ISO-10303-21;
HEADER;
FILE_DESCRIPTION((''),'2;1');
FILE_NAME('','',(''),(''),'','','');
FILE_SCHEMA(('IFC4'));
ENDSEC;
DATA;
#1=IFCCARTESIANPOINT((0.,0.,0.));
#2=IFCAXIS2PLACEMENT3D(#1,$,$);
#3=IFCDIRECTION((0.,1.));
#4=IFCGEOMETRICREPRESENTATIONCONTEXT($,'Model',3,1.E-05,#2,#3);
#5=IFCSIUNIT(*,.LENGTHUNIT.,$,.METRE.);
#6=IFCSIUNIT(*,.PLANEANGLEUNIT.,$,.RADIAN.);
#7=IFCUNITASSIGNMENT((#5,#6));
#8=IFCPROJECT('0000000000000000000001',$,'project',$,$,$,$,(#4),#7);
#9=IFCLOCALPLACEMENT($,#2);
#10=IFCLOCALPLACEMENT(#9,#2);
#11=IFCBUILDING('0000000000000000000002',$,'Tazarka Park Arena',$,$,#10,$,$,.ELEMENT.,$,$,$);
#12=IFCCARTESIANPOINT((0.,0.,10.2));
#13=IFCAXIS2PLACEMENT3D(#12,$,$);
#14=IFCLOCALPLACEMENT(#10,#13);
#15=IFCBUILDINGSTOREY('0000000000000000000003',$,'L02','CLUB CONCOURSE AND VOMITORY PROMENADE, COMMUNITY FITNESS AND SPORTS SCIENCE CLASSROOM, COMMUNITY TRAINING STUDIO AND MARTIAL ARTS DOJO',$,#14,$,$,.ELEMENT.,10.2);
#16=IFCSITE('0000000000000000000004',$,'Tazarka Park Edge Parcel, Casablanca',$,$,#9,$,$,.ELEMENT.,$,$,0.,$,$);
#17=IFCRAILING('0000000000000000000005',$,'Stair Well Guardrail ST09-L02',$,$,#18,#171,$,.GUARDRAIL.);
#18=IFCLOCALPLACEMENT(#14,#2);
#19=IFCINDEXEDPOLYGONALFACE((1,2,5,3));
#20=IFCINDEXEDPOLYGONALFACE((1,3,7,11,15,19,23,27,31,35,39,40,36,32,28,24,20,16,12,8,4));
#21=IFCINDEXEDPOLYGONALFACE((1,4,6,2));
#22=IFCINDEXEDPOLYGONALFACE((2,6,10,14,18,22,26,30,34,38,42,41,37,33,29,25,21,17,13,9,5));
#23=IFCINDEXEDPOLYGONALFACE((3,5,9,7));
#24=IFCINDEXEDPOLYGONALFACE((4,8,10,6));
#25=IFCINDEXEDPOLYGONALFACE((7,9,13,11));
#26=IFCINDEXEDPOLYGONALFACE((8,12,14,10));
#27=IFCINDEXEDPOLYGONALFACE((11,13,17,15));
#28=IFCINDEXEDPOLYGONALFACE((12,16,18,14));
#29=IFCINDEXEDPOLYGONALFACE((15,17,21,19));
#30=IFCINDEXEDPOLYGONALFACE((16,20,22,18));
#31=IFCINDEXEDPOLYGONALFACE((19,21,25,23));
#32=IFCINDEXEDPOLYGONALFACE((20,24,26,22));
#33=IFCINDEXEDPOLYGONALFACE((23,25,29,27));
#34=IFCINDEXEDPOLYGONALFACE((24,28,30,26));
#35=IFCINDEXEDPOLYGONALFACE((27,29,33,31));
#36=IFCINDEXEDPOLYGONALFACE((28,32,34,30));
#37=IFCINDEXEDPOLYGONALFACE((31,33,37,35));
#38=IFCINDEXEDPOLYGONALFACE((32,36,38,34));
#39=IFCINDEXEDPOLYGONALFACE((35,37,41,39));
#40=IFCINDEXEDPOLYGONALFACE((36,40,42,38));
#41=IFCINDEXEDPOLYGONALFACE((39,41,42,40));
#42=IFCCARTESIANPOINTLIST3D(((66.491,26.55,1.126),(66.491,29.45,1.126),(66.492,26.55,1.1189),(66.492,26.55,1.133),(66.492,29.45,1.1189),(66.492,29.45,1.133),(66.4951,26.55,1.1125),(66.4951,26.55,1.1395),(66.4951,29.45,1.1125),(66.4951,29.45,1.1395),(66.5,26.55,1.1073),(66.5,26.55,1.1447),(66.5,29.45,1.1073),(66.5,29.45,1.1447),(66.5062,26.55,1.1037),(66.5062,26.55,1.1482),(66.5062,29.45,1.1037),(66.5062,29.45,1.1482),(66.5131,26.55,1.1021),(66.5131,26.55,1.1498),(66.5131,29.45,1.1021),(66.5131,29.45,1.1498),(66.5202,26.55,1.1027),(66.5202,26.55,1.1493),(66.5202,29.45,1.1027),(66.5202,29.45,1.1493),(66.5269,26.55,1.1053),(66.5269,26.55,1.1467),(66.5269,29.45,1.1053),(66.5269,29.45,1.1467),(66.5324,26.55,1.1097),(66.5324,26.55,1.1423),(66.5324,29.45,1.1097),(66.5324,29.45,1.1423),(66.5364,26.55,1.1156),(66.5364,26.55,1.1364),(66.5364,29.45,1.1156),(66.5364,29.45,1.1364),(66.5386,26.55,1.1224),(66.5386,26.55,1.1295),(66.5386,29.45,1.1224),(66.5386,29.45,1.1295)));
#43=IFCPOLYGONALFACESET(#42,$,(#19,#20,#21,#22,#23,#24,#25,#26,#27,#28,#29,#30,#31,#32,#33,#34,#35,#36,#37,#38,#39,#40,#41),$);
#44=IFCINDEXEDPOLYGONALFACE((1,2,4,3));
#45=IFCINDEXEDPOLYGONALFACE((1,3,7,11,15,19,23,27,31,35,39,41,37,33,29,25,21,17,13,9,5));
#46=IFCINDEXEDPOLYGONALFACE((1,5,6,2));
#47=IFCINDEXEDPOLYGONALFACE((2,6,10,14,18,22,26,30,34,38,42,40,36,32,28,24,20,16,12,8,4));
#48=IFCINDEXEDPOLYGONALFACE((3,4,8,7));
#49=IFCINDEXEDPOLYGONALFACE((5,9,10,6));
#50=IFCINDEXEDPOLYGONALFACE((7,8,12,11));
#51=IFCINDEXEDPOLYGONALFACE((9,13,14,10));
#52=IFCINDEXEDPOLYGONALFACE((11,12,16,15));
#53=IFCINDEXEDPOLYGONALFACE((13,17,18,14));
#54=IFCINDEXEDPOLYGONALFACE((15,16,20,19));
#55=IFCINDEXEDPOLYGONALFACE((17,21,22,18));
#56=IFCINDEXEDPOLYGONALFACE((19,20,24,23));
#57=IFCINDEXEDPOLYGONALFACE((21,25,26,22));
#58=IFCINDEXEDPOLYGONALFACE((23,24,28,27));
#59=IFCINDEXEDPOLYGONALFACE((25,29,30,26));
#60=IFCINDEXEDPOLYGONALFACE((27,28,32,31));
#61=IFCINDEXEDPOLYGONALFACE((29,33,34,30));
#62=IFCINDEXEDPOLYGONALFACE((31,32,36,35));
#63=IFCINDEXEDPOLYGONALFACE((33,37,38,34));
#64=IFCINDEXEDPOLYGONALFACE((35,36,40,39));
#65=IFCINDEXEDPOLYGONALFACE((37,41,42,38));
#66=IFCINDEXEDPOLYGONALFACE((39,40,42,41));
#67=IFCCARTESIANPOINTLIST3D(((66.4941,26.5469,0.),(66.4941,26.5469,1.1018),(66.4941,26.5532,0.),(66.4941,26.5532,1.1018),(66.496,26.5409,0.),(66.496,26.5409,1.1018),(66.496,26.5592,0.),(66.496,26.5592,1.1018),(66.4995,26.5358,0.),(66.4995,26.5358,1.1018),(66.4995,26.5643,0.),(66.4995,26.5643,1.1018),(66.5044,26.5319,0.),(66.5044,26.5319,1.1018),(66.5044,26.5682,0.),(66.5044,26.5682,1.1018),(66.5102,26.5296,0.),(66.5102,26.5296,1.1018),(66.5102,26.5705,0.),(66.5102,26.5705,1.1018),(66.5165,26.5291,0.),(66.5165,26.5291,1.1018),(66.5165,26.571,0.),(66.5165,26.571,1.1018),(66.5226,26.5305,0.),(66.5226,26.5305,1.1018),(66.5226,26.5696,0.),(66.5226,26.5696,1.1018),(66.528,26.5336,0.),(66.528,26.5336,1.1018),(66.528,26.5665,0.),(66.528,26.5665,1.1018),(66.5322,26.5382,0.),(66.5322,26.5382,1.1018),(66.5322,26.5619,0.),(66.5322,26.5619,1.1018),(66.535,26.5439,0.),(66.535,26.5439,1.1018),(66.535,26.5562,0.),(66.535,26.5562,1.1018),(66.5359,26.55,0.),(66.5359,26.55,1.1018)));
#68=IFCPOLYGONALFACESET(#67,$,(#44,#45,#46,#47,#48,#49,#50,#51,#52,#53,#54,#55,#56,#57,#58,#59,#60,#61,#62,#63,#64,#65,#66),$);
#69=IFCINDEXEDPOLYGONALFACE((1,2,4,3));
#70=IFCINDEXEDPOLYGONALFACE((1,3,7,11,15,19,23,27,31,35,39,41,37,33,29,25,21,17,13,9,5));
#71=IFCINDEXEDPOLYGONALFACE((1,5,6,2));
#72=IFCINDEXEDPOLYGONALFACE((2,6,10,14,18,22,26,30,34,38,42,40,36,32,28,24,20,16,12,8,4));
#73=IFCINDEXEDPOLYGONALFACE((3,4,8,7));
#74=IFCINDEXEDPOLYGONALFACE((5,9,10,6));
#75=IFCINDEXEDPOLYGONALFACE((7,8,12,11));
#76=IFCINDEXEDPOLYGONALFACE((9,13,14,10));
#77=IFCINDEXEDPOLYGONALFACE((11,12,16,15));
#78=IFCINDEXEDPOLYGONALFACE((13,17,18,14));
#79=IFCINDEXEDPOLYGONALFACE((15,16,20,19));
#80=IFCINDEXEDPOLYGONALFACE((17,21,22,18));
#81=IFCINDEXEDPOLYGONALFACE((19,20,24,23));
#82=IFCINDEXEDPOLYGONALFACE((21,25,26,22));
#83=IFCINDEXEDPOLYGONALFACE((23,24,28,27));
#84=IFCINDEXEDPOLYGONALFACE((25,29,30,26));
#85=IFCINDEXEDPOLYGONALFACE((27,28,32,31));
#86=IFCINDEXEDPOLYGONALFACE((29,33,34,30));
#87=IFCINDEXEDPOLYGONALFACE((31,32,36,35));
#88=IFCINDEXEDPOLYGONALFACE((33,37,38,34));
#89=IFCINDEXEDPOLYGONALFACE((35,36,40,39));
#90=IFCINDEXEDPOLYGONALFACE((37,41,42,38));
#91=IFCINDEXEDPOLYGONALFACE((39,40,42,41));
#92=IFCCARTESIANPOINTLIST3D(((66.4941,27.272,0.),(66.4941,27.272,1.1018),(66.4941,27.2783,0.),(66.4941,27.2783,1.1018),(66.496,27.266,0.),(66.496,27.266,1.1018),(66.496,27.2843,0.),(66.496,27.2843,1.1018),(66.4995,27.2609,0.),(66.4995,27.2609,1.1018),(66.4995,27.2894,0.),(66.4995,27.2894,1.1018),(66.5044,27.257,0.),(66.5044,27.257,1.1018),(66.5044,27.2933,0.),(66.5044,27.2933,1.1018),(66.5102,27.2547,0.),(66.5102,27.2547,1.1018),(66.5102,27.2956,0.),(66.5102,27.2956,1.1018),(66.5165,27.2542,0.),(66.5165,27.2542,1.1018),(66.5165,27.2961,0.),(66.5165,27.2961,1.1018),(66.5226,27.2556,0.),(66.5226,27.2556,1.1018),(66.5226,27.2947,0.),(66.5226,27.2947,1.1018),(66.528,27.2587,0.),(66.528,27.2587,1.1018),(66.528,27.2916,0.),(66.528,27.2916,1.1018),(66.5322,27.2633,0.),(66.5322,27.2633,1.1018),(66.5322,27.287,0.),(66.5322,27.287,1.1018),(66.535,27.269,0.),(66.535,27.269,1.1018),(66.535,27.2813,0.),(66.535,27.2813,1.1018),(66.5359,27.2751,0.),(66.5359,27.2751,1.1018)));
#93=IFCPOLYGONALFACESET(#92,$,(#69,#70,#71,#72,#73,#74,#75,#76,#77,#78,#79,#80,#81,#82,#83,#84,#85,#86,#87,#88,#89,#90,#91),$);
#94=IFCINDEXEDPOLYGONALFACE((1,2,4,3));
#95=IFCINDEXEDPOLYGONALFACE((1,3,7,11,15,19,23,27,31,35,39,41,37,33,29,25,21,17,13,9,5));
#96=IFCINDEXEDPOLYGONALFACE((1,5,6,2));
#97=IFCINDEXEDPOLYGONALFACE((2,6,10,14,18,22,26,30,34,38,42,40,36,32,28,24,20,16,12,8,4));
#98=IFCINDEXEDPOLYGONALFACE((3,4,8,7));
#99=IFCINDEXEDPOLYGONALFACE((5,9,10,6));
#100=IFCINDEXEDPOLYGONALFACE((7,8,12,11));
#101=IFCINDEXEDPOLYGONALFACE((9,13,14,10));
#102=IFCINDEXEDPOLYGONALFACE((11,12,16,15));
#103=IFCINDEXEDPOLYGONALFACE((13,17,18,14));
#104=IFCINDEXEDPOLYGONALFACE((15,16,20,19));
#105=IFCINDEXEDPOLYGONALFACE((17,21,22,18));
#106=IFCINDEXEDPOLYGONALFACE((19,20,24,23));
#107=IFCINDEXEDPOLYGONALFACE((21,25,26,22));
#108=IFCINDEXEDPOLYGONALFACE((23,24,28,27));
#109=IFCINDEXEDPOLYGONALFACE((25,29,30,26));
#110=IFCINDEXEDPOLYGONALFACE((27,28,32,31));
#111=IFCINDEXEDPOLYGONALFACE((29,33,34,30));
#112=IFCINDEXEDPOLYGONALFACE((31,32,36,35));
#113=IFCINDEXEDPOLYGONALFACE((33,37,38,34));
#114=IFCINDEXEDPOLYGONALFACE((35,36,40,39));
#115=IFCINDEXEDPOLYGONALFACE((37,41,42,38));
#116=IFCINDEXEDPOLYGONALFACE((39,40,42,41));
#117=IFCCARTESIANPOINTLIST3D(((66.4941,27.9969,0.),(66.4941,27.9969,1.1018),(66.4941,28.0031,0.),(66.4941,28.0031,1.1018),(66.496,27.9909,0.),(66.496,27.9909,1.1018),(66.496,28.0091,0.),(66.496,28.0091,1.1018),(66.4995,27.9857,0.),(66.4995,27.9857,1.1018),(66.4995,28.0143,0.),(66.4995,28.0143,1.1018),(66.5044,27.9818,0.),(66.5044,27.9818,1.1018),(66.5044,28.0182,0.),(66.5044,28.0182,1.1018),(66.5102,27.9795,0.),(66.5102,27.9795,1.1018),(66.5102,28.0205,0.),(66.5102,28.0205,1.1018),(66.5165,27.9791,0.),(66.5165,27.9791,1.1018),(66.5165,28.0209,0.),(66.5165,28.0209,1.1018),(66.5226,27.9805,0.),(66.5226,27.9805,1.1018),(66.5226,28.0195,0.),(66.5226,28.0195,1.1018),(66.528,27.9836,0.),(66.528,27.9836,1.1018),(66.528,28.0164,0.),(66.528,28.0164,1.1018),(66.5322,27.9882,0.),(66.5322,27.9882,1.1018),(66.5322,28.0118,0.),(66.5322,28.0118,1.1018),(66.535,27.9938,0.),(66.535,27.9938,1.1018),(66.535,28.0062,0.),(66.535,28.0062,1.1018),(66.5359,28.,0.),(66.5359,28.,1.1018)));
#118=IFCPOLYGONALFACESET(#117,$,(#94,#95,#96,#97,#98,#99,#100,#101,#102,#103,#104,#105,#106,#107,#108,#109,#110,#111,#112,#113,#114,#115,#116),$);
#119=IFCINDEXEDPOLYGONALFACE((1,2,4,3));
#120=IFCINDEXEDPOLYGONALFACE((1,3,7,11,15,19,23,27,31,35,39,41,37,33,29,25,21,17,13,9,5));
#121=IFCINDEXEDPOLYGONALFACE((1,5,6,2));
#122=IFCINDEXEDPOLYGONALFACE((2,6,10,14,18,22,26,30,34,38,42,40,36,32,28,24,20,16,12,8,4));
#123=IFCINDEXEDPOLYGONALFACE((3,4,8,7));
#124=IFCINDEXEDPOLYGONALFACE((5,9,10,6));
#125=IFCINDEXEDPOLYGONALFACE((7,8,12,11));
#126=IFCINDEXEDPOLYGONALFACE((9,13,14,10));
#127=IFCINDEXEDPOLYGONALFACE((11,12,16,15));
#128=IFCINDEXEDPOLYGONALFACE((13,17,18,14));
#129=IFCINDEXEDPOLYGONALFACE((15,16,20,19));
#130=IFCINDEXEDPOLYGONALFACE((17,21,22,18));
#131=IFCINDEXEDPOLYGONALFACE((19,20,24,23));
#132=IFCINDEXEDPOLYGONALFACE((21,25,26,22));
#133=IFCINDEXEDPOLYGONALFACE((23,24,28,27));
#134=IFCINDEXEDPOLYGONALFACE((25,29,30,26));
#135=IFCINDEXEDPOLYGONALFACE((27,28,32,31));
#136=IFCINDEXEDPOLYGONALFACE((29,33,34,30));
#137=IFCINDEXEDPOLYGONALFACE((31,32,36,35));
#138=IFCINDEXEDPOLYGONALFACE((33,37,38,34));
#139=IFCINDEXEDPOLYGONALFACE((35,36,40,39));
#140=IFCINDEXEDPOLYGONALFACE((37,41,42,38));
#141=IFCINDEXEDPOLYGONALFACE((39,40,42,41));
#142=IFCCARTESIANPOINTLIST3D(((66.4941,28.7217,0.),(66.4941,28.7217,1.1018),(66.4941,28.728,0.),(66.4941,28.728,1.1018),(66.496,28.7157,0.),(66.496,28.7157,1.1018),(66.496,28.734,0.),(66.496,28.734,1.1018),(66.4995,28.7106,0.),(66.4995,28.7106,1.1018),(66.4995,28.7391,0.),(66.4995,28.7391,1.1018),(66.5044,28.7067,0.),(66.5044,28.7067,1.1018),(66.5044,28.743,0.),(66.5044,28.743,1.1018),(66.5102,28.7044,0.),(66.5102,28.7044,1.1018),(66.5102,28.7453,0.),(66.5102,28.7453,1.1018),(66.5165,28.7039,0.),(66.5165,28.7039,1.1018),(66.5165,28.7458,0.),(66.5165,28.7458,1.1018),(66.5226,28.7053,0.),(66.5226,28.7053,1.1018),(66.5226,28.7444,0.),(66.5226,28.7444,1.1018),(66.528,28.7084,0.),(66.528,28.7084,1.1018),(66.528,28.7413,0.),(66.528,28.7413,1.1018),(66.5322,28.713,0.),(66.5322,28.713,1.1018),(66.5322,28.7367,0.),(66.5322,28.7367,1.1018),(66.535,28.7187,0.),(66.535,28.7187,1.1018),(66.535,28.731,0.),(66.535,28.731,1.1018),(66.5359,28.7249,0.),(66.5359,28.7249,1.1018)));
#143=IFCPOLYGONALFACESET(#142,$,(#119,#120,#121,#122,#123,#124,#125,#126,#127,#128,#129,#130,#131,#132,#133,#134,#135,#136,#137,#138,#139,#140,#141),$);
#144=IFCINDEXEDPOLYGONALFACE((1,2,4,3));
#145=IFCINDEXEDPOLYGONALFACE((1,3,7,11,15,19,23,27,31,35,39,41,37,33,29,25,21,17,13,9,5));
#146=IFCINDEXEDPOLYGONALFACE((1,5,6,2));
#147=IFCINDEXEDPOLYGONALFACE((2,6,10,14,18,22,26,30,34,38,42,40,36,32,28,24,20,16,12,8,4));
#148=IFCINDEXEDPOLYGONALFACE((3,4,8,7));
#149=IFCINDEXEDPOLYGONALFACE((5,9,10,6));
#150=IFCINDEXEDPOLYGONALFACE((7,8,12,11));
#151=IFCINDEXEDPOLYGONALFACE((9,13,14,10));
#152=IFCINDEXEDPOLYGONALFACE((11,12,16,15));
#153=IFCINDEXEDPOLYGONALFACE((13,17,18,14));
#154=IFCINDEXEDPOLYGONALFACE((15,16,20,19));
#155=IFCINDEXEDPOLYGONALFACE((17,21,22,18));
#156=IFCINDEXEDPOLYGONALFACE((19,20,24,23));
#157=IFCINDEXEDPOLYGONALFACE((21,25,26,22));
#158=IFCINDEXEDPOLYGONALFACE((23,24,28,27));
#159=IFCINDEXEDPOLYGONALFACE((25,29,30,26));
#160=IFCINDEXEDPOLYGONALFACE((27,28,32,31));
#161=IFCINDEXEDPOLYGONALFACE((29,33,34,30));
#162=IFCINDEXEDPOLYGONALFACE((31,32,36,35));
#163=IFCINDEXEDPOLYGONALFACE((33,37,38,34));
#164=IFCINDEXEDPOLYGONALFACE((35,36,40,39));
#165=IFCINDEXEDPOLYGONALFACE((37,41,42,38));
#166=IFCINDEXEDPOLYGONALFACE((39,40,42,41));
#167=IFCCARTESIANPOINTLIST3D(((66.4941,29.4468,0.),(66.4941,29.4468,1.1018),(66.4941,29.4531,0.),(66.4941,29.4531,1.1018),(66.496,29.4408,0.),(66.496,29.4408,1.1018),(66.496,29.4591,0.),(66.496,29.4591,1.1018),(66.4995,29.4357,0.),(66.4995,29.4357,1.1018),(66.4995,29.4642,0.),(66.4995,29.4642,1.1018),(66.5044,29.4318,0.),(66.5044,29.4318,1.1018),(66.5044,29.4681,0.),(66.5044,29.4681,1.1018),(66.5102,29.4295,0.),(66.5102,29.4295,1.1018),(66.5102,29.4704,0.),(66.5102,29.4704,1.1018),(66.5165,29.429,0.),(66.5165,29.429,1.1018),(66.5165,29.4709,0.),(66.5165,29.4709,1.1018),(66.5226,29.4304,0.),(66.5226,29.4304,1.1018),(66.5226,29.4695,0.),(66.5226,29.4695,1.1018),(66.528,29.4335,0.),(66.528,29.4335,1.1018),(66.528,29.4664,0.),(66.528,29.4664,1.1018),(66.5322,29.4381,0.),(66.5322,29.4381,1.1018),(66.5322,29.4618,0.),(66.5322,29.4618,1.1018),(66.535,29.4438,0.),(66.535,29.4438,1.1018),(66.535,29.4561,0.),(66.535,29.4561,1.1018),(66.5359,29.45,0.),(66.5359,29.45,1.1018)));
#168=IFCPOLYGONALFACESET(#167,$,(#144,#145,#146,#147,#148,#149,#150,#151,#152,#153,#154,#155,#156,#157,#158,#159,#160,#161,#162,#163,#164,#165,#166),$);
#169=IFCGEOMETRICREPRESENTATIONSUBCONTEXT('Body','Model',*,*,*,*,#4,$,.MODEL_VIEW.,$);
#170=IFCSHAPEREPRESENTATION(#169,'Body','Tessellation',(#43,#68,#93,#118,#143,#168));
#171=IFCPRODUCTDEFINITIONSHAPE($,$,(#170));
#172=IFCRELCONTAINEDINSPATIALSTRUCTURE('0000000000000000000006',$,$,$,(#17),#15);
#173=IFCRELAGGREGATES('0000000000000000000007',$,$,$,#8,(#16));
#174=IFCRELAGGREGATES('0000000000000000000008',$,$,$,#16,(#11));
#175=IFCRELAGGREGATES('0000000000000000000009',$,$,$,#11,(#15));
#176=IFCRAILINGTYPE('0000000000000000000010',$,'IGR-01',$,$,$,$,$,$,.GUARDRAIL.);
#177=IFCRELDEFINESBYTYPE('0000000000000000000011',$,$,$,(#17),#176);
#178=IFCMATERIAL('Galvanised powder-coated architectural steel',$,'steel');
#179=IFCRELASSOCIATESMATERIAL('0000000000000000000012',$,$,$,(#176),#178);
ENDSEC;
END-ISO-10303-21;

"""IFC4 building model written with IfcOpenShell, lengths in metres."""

from ifc_helpers import new_model, si_unit, direction, frame, origin, origin_2d, place, context, subcontext, project, spatial, circle, extrude, material, type_object, element, save


model = new_model("IFC4")

# Units and contexts
model_context = context("Model", 3, precision=1e-05, world=origin(), true_north=direction((0.0, 1.0)))
body_context = subcontext(model_context, "Body", "Model", "MODEL_VIEW")
ifc_project = project(units=[si_unit("LENGTHUNIT", "METRE"), si_unit("PLANEANGLEUNIT", "RADIAN")], contexts=[model_context])

# Site, building, storey
site_placement = place(None, origin())
site = spatial("IfcSite", under=ifc_project, at=site_placement, Name="Tazarka Park Edge Parcel, Casablanca", CompositionType="ELEMENT", RefElevation=0.0)
building_placement = place(site_placement, origin())
building = spatial("IfcBuilding", under=site, at=building_placement, Name="Tazarka Park Arena", CompositionType="ELEMENT")
storey_placement = place(building_placement, frame((0.0, 0.0, 10.2)))
storey = spatial("IfcBuildingStorey", under=building, at=storey_placement, Name="L02", Description="CLUB CONCOURSE AND VOMITORY PROMENADE, COMMUNITY FITNESS AND SPORTS SCIENCE CLASSROOM, COMMUNITY TRAINING STUDIO AND MARTIAL ARTS DOJO", CompositionType="ELEMENT", Elevation=10.2)

# Railing
ifc_material_1 = material(Name="Galvanised powder-coated architectural steel", Category="steel")
railing_type_1 = type_object("IfcRailingType", Name="IGR-01", PredefinedType="GUARDRAIL", material=ifc_material_1)
for number, where, name in (
    (1, (66.5149, 26.55, 0.0), "Stair Well Guardrail ST09-L02"),
):
    element("IfcRailing", number, at=place(storey_placement, frame(where)), inside=storey, type_object=railing_type_1, Name=name, PredefinedType="GUARDRAIL", context=body_context, shape_type="SweptSolid", body=[
        extrude(circle(Radius=0.0239, at=origin_2d()), frame((0.0, 0.0, 1.126), z_axis=(0.0, 1.0, 0.0), x_axis=(-1.0, 0.0, 0.0)), (0.0, 0.0, 1.0), 2.8999),
        extrude(circle(Radius=0.021, at=origin_2d()), origin(), (0.0, 0.0, 1.0), 1.1018),
        extrude(circle(Radius=0.021, at=origin_2d()), frame((0.0, 0.7251, 0.0)), (0.0, 0.0, 1.0), 1.1018),
        extrude(circle(Radius=0.021, at=origin_2d()), frame((0.0, 1.45, 0.0)), (0.0, 0.0, 1.0), 1.1018),
        extrude(circle(Radius=0.021, at=origin_2d()), frame((0.0, 2.1748, 0.0)), (0.0, 0.0, 1.0), 1.1018),
        extrude(circle(Radius=0.021, at=origin_2d()), frame((0.0, 2.8999, 0.0)), (0.0, 0.0, 1.0), 1.1018),
    ])

save(model, "model.ifc")
